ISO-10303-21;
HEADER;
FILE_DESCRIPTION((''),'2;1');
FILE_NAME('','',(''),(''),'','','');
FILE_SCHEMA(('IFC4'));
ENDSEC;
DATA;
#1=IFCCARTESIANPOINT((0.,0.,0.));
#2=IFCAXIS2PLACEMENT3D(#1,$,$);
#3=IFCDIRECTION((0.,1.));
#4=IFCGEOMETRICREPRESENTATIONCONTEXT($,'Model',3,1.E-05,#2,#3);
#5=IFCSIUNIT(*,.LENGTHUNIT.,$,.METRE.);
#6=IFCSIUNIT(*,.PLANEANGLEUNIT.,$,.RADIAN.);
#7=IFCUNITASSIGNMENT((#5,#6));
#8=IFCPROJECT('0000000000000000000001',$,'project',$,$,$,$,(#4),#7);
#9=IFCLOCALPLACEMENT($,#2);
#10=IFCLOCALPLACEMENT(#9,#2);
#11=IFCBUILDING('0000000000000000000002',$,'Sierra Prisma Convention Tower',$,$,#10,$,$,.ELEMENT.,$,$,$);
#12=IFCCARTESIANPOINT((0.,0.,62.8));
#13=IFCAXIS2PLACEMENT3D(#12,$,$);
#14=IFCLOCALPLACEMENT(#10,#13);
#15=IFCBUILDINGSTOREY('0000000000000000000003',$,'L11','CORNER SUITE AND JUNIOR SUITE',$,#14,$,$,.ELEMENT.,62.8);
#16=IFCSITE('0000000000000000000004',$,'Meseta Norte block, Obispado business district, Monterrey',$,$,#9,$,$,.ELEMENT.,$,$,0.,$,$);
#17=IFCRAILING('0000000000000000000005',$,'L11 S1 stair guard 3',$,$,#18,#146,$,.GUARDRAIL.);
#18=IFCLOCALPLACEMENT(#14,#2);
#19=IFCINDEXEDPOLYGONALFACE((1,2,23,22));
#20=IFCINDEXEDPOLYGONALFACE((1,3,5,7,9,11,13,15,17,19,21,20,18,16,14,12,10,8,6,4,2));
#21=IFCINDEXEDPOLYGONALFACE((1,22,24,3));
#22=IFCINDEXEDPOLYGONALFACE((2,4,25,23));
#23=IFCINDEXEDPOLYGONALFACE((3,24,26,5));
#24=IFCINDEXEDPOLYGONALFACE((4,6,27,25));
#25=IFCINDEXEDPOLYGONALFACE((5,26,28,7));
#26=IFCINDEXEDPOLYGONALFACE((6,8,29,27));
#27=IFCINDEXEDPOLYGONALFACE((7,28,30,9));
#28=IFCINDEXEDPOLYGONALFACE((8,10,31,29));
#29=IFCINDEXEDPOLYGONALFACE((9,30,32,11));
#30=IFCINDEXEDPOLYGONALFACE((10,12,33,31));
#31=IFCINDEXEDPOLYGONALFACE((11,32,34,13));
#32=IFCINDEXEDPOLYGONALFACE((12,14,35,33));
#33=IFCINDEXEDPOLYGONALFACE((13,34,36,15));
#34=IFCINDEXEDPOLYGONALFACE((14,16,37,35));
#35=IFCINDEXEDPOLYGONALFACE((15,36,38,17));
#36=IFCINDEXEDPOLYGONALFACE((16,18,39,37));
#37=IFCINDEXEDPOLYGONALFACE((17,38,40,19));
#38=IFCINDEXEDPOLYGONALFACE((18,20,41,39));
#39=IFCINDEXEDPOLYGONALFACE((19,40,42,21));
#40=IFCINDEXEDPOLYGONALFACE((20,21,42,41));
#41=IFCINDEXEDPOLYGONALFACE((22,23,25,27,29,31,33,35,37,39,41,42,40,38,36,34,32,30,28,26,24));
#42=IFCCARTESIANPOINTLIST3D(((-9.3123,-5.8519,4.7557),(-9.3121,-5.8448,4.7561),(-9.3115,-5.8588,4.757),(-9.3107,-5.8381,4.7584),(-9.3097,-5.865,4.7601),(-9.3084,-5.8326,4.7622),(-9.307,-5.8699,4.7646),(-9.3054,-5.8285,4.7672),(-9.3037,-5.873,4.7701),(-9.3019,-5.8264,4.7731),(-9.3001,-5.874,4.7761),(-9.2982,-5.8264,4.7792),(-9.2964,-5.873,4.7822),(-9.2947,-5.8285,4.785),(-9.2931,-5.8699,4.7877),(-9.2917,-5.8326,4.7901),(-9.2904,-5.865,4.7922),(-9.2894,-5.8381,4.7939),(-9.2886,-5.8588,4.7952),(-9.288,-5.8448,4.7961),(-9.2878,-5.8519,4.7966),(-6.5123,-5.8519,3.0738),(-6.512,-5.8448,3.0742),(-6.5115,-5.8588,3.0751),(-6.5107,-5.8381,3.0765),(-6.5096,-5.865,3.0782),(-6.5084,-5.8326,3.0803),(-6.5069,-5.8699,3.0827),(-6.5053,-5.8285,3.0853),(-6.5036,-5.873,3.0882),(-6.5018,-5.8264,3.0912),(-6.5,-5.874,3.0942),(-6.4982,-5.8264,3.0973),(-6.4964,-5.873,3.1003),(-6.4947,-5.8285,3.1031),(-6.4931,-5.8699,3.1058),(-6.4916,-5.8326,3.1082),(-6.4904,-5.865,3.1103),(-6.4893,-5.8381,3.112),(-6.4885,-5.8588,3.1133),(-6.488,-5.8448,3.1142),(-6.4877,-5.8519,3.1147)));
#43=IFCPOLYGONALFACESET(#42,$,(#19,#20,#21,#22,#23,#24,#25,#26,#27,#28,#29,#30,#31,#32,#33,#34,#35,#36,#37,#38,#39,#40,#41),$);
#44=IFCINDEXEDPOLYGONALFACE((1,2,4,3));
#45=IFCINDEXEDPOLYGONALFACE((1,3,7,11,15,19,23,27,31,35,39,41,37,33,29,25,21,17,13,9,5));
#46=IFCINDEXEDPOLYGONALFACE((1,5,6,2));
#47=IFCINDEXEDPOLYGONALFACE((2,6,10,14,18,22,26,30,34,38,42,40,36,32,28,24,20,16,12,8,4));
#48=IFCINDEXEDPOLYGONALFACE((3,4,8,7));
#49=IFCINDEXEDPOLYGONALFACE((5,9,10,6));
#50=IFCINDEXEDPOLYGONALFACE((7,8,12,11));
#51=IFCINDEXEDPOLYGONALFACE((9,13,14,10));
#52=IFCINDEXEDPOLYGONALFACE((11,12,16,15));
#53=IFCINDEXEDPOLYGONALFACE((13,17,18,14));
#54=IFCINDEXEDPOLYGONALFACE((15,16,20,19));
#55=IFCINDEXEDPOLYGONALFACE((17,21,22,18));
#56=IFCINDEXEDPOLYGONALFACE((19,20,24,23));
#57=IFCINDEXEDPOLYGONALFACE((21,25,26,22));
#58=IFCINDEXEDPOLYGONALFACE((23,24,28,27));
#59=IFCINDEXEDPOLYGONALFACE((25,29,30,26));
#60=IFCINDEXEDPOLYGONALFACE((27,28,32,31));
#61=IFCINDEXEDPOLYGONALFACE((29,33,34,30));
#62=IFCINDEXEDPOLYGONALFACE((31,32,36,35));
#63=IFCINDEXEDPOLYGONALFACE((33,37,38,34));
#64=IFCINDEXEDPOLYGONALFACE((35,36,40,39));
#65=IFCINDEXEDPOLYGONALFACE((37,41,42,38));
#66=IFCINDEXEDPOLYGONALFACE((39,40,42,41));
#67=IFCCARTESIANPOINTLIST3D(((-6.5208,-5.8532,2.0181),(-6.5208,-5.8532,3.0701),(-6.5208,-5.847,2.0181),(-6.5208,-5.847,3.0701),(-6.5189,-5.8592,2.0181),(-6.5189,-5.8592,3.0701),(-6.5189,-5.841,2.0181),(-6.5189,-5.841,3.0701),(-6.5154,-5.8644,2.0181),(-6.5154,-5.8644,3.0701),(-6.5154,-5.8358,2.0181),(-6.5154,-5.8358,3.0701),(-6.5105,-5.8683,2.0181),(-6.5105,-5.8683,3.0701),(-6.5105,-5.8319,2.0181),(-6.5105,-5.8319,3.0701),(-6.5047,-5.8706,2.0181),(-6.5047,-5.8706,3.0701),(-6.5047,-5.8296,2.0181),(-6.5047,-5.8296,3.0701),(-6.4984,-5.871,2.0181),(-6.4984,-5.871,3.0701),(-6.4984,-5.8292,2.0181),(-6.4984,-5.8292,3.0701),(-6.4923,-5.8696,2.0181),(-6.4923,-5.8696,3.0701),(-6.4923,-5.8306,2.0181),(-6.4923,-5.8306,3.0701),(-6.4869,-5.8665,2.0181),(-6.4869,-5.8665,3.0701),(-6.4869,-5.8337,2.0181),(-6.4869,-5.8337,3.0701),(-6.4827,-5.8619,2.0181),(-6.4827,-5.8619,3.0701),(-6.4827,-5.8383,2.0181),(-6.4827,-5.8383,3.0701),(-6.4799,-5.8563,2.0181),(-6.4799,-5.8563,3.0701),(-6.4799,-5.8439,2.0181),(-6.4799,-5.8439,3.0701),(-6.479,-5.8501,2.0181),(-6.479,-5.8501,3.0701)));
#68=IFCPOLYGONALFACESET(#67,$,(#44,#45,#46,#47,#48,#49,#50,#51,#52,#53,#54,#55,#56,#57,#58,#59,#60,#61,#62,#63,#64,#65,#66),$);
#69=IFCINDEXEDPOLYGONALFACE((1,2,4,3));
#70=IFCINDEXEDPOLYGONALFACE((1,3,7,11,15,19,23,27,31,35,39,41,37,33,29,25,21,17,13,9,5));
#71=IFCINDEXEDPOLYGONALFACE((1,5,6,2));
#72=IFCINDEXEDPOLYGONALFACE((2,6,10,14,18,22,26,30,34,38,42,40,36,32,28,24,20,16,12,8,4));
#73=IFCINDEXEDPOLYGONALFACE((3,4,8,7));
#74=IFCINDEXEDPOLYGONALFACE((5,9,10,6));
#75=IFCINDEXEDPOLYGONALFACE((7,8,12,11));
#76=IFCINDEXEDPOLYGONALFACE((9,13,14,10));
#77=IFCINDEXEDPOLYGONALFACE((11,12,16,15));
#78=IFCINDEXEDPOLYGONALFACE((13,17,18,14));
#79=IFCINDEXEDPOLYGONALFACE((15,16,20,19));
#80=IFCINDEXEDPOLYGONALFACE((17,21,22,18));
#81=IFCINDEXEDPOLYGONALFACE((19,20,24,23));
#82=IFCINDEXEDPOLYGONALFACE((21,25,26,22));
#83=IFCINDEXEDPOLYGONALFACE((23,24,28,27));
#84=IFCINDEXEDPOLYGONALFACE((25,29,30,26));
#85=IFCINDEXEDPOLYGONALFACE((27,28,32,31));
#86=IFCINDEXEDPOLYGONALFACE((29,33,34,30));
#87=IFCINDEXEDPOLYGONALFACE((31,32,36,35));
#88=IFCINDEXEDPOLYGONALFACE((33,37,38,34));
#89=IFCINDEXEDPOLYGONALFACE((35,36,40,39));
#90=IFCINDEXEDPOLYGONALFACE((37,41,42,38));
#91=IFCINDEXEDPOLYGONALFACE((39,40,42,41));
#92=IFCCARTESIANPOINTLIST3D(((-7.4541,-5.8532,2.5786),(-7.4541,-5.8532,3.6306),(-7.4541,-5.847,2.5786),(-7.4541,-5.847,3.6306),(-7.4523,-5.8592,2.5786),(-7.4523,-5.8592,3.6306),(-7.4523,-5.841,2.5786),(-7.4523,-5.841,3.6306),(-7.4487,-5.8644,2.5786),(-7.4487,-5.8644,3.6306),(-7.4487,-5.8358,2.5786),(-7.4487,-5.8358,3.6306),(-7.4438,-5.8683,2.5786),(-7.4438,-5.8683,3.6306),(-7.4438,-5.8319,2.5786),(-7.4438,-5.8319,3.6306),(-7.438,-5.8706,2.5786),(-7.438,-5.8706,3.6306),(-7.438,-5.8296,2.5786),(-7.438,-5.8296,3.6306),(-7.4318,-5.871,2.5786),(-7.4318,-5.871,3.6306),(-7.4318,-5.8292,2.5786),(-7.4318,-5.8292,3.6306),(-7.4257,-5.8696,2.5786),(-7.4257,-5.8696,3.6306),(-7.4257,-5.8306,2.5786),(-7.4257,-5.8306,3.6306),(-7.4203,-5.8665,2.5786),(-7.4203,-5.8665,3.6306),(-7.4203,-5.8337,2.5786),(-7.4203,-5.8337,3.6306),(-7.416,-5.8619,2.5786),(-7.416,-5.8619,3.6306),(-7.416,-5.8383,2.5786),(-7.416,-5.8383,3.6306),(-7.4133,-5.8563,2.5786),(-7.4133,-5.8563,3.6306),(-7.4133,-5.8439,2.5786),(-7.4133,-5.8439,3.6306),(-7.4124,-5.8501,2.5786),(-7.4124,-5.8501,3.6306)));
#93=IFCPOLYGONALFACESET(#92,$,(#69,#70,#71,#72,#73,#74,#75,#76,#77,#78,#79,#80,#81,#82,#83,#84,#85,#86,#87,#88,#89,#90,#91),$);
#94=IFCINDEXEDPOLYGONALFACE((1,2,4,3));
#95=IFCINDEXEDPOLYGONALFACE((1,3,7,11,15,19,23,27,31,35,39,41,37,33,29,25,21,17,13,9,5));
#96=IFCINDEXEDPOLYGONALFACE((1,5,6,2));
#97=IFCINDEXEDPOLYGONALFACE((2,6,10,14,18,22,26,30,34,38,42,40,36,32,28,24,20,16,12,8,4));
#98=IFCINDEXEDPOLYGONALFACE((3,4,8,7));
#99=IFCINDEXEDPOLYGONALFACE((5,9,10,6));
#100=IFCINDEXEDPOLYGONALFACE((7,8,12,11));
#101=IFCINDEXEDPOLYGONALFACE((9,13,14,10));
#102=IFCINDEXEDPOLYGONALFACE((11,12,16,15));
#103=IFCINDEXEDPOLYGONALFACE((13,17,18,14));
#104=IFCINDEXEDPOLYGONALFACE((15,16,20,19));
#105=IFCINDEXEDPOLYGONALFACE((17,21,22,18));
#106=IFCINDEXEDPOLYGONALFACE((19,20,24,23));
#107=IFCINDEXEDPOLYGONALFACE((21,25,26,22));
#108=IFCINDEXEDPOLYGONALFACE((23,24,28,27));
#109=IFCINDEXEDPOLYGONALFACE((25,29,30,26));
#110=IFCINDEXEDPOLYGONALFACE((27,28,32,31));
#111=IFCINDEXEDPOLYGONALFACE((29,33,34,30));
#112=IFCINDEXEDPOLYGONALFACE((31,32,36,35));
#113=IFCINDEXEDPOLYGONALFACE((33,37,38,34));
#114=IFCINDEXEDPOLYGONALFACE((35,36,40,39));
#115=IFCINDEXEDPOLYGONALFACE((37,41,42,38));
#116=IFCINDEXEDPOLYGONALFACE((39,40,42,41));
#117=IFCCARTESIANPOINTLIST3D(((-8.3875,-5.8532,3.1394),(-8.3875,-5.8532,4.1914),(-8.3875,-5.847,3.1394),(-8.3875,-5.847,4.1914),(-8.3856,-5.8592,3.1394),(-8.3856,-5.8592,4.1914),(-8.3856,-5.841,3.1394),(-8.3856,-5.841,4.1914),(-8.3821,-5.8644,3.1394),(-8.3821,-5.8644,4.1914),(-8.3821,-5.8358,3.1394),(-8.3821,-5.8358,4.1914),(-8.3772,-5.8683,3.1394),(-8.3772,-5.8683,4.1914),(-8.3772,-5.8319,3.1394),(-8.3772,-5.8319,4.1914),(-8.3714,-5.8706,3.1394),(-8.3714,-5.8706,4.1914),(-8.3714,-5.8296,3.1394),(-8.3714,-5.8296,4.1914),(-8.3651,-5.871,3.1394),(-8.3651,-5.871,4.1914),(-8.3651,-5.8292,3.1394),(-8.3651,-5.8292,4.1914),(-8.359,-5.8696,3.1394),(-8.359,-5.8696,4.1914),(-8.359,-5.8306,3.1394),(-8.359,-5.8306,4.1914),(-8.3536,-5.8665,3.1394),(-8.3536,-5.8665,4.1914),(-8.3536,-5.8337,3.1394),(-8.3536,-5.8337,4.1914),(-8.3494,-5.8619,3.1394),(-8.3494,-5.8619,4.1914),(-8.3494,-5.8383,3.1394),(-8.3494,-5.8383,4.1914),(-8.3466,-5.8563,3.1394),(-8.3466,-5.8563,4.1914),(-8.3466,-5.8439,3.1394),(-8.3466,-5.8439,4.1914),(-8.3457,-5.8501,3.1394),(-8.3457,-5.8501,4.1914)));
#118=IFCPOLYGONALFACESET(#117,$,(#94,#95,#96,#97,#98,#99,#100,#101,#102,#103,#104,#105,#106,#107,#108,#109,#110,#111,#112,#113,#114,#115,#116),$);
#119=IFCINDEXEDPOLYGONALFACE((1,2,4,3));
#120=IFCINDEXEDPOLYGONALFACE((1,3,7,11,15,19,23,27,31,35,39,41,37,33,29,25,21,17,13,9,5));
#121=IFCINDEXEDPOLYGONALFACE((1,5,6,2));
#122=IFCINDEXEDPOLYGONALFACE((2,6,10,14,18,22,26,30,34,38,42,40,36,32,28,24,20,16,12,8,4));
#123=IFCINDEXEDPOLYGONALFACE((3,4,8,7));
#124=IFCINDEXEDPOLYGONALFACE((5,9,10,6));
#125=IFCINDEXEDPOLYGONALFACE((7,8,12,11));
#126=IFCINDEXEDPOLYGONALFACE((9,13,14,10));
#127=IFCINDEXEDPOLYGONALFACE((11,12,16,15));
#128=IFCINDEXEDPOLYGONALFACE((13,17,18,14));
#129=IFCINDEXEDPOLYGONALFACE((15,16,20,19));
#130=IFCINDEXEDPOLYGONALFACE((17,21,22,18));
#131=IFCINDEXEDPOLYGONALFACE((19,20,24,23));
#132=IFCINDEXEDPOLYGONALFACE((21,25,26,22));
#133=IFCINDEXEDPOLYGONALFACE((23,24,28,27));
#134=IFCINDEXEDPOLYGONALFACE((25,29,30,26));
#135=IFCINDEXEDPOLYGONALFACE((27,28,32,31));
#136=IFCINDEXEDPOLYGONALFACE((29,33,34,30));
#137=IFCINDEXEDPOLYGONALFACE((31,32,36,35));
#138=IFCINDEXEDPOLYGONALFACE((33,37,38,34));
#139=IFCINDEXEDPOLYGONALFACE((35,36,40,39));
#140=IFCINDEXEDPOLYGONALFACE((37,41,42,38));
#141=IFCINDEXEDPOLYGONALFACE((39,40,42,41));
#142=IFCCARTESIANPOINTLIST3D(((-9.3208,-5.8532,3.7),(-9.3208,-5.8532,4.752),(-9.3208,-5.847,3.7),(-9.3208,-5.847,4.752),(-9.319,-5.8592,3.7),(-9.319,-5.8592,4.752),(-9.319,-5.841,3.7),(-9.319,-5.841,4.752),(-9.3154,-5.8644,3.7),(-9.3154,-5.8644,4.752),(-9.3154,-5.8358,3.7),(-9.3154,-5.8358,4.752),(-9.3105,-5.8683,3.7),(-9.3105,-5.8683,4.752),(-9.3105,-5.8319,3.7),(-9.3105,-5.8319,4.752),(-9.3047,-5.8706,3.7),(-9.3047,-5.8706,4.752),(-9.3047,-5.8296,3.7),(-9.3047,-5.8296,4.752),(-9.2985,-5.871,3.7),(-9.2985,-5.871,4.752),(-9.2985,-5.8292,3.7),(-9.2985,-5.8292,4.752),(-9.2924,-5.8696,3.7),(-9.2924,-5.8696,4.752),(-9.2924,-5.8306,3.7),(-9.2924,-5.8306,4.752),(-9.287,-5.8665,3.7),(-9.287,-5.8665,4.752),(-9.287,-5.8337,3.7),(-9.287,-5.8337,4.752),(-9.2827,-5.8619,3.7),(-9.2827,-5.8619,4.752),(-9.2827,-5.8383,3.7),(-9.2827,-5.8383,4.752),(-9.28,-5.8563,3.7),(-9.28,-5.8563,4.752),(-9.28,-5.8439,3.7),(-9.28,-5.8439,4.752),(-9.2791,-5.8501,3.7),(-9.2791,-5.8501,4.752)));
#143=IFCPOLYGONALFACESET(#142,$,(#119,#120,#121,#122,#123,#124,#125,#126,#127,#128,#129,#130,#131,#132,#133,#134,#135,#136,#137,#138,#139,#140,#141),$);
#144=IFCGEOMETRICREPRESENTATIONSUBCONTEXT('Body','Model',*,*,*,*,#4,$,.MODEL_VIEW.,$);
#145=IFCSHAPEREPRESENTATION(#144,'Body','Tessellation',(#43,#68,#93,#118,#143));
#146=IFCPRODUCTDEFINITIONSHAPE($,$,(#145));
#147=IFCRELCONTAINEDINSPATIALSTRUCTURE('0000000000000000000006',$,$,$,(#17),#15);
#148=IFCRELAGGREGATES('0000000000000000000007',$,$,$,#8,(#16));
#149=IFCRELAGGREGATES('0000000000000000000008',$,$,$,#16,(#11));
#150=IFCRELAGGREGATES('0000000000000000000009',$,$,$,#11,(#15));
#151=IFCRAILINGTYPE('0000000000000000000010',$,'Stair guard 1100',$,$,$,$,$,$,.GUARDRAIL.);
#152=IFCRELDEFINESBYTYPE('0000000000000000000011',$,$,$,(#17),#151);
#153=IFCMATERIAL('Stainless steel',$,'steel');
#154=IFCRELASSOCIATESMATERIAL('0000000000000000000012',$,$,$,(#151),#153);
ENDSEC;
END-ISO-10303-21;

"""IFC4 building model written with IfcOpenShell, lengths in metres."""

from ifc_helpers import new_model, si_unit, direction, frame, origin, origin_2d, place, context, subcontext, project, spatial, circle, extrude, material, type_object, element, save


model = new_model("IFC4")

# Units and contexts
model_context = context("Model", 3, precision=1e-05, world=origin(), true_north=direction((0.0, 1.0)))
body_context = subcontext(model_context, "Body", "Model", "MODEL_VIEW")
ifc_project = project(units=[si_unit("LENGTHUNIT", "METRE"), si_unit("PLANEANGLEUNIT", "RADIAN")], contexts=[model_context])

# Site, building, storey
site_placement = place(None, origin())
site = spatial("IfcSite", under=ifc_project, at=site_placement, Name="Meseta Norte block, Obispado business district, Monterrey", CompositionType="ELEMENT", RefElevation=0.0)
building_placement = place(site_placement, origin())
building = spatial("IfcBuilding", under=site, at=building_placement, Name="Sierra Prisma Convention Tower", CompositionType="ELEMENT")
storey_placement = place(building_placement, frame((0.0, 0.0, 62.8)))
storey = spatial("IfcBuildingStorey", under=building, at=storey_placement, Name="L11", Description="CORNER SUITE AND JUNIOR SUITE", CompositionType="ELEMENT", Elevation=62.8)

# Railing
ifc_material_1 = material(Name="Stainless steel", Category="steel")
railing_type_1 = type_object("IfcRailingType", Name="Stair guard 1100", PredefinedType="GUARDRAIL", material=ifc_material_1)
railing_1_placement = place(storey_placement, frame((-6.5, -5.8501, 2.0181)))
element("IfcRailing", 1, at=railing_1_placement, inside=storey, type_object=railing_type_1, Name="L11 S1 stair guard 3", PredefinedType="GUARDRAIL", context=body_context, shape_type="SweptSolid", body=[
    extrude(circle(Radius=0.0239, at=origin_2d()), frame((0.0, 0.0, 1.0762), z_axis=(-0.857242, 0.0, 0.514913), x_axis=(0.0, -1.0, 0.0)), (0.0, 0.0, 1.0), 3.2664),
    extrude(circle(Radius=0.021, at=origin_2d()), origin(), (0.0, 0.0, 1.0), 1.052),
    extrude(circle(Radius=0.021, at=origin_2d()), frame((-0.9333, 0.0, 0.5605)), (0.0, 0.0, 1.0), 1.052),
    extrude(circle(Radius=0.021, at=origin_2d()), frame((-1.8667, 0.0, 1.1213)), (0.0, 0.0, 1.0), 1.052),
    extrude(circle(Radius=0.021, at=origin_2d()), frame((-2.8, 0.0, 1.6819)), (0.0, 0.0, 1.0), 1.052),
])

save(model, "model.ifc")
